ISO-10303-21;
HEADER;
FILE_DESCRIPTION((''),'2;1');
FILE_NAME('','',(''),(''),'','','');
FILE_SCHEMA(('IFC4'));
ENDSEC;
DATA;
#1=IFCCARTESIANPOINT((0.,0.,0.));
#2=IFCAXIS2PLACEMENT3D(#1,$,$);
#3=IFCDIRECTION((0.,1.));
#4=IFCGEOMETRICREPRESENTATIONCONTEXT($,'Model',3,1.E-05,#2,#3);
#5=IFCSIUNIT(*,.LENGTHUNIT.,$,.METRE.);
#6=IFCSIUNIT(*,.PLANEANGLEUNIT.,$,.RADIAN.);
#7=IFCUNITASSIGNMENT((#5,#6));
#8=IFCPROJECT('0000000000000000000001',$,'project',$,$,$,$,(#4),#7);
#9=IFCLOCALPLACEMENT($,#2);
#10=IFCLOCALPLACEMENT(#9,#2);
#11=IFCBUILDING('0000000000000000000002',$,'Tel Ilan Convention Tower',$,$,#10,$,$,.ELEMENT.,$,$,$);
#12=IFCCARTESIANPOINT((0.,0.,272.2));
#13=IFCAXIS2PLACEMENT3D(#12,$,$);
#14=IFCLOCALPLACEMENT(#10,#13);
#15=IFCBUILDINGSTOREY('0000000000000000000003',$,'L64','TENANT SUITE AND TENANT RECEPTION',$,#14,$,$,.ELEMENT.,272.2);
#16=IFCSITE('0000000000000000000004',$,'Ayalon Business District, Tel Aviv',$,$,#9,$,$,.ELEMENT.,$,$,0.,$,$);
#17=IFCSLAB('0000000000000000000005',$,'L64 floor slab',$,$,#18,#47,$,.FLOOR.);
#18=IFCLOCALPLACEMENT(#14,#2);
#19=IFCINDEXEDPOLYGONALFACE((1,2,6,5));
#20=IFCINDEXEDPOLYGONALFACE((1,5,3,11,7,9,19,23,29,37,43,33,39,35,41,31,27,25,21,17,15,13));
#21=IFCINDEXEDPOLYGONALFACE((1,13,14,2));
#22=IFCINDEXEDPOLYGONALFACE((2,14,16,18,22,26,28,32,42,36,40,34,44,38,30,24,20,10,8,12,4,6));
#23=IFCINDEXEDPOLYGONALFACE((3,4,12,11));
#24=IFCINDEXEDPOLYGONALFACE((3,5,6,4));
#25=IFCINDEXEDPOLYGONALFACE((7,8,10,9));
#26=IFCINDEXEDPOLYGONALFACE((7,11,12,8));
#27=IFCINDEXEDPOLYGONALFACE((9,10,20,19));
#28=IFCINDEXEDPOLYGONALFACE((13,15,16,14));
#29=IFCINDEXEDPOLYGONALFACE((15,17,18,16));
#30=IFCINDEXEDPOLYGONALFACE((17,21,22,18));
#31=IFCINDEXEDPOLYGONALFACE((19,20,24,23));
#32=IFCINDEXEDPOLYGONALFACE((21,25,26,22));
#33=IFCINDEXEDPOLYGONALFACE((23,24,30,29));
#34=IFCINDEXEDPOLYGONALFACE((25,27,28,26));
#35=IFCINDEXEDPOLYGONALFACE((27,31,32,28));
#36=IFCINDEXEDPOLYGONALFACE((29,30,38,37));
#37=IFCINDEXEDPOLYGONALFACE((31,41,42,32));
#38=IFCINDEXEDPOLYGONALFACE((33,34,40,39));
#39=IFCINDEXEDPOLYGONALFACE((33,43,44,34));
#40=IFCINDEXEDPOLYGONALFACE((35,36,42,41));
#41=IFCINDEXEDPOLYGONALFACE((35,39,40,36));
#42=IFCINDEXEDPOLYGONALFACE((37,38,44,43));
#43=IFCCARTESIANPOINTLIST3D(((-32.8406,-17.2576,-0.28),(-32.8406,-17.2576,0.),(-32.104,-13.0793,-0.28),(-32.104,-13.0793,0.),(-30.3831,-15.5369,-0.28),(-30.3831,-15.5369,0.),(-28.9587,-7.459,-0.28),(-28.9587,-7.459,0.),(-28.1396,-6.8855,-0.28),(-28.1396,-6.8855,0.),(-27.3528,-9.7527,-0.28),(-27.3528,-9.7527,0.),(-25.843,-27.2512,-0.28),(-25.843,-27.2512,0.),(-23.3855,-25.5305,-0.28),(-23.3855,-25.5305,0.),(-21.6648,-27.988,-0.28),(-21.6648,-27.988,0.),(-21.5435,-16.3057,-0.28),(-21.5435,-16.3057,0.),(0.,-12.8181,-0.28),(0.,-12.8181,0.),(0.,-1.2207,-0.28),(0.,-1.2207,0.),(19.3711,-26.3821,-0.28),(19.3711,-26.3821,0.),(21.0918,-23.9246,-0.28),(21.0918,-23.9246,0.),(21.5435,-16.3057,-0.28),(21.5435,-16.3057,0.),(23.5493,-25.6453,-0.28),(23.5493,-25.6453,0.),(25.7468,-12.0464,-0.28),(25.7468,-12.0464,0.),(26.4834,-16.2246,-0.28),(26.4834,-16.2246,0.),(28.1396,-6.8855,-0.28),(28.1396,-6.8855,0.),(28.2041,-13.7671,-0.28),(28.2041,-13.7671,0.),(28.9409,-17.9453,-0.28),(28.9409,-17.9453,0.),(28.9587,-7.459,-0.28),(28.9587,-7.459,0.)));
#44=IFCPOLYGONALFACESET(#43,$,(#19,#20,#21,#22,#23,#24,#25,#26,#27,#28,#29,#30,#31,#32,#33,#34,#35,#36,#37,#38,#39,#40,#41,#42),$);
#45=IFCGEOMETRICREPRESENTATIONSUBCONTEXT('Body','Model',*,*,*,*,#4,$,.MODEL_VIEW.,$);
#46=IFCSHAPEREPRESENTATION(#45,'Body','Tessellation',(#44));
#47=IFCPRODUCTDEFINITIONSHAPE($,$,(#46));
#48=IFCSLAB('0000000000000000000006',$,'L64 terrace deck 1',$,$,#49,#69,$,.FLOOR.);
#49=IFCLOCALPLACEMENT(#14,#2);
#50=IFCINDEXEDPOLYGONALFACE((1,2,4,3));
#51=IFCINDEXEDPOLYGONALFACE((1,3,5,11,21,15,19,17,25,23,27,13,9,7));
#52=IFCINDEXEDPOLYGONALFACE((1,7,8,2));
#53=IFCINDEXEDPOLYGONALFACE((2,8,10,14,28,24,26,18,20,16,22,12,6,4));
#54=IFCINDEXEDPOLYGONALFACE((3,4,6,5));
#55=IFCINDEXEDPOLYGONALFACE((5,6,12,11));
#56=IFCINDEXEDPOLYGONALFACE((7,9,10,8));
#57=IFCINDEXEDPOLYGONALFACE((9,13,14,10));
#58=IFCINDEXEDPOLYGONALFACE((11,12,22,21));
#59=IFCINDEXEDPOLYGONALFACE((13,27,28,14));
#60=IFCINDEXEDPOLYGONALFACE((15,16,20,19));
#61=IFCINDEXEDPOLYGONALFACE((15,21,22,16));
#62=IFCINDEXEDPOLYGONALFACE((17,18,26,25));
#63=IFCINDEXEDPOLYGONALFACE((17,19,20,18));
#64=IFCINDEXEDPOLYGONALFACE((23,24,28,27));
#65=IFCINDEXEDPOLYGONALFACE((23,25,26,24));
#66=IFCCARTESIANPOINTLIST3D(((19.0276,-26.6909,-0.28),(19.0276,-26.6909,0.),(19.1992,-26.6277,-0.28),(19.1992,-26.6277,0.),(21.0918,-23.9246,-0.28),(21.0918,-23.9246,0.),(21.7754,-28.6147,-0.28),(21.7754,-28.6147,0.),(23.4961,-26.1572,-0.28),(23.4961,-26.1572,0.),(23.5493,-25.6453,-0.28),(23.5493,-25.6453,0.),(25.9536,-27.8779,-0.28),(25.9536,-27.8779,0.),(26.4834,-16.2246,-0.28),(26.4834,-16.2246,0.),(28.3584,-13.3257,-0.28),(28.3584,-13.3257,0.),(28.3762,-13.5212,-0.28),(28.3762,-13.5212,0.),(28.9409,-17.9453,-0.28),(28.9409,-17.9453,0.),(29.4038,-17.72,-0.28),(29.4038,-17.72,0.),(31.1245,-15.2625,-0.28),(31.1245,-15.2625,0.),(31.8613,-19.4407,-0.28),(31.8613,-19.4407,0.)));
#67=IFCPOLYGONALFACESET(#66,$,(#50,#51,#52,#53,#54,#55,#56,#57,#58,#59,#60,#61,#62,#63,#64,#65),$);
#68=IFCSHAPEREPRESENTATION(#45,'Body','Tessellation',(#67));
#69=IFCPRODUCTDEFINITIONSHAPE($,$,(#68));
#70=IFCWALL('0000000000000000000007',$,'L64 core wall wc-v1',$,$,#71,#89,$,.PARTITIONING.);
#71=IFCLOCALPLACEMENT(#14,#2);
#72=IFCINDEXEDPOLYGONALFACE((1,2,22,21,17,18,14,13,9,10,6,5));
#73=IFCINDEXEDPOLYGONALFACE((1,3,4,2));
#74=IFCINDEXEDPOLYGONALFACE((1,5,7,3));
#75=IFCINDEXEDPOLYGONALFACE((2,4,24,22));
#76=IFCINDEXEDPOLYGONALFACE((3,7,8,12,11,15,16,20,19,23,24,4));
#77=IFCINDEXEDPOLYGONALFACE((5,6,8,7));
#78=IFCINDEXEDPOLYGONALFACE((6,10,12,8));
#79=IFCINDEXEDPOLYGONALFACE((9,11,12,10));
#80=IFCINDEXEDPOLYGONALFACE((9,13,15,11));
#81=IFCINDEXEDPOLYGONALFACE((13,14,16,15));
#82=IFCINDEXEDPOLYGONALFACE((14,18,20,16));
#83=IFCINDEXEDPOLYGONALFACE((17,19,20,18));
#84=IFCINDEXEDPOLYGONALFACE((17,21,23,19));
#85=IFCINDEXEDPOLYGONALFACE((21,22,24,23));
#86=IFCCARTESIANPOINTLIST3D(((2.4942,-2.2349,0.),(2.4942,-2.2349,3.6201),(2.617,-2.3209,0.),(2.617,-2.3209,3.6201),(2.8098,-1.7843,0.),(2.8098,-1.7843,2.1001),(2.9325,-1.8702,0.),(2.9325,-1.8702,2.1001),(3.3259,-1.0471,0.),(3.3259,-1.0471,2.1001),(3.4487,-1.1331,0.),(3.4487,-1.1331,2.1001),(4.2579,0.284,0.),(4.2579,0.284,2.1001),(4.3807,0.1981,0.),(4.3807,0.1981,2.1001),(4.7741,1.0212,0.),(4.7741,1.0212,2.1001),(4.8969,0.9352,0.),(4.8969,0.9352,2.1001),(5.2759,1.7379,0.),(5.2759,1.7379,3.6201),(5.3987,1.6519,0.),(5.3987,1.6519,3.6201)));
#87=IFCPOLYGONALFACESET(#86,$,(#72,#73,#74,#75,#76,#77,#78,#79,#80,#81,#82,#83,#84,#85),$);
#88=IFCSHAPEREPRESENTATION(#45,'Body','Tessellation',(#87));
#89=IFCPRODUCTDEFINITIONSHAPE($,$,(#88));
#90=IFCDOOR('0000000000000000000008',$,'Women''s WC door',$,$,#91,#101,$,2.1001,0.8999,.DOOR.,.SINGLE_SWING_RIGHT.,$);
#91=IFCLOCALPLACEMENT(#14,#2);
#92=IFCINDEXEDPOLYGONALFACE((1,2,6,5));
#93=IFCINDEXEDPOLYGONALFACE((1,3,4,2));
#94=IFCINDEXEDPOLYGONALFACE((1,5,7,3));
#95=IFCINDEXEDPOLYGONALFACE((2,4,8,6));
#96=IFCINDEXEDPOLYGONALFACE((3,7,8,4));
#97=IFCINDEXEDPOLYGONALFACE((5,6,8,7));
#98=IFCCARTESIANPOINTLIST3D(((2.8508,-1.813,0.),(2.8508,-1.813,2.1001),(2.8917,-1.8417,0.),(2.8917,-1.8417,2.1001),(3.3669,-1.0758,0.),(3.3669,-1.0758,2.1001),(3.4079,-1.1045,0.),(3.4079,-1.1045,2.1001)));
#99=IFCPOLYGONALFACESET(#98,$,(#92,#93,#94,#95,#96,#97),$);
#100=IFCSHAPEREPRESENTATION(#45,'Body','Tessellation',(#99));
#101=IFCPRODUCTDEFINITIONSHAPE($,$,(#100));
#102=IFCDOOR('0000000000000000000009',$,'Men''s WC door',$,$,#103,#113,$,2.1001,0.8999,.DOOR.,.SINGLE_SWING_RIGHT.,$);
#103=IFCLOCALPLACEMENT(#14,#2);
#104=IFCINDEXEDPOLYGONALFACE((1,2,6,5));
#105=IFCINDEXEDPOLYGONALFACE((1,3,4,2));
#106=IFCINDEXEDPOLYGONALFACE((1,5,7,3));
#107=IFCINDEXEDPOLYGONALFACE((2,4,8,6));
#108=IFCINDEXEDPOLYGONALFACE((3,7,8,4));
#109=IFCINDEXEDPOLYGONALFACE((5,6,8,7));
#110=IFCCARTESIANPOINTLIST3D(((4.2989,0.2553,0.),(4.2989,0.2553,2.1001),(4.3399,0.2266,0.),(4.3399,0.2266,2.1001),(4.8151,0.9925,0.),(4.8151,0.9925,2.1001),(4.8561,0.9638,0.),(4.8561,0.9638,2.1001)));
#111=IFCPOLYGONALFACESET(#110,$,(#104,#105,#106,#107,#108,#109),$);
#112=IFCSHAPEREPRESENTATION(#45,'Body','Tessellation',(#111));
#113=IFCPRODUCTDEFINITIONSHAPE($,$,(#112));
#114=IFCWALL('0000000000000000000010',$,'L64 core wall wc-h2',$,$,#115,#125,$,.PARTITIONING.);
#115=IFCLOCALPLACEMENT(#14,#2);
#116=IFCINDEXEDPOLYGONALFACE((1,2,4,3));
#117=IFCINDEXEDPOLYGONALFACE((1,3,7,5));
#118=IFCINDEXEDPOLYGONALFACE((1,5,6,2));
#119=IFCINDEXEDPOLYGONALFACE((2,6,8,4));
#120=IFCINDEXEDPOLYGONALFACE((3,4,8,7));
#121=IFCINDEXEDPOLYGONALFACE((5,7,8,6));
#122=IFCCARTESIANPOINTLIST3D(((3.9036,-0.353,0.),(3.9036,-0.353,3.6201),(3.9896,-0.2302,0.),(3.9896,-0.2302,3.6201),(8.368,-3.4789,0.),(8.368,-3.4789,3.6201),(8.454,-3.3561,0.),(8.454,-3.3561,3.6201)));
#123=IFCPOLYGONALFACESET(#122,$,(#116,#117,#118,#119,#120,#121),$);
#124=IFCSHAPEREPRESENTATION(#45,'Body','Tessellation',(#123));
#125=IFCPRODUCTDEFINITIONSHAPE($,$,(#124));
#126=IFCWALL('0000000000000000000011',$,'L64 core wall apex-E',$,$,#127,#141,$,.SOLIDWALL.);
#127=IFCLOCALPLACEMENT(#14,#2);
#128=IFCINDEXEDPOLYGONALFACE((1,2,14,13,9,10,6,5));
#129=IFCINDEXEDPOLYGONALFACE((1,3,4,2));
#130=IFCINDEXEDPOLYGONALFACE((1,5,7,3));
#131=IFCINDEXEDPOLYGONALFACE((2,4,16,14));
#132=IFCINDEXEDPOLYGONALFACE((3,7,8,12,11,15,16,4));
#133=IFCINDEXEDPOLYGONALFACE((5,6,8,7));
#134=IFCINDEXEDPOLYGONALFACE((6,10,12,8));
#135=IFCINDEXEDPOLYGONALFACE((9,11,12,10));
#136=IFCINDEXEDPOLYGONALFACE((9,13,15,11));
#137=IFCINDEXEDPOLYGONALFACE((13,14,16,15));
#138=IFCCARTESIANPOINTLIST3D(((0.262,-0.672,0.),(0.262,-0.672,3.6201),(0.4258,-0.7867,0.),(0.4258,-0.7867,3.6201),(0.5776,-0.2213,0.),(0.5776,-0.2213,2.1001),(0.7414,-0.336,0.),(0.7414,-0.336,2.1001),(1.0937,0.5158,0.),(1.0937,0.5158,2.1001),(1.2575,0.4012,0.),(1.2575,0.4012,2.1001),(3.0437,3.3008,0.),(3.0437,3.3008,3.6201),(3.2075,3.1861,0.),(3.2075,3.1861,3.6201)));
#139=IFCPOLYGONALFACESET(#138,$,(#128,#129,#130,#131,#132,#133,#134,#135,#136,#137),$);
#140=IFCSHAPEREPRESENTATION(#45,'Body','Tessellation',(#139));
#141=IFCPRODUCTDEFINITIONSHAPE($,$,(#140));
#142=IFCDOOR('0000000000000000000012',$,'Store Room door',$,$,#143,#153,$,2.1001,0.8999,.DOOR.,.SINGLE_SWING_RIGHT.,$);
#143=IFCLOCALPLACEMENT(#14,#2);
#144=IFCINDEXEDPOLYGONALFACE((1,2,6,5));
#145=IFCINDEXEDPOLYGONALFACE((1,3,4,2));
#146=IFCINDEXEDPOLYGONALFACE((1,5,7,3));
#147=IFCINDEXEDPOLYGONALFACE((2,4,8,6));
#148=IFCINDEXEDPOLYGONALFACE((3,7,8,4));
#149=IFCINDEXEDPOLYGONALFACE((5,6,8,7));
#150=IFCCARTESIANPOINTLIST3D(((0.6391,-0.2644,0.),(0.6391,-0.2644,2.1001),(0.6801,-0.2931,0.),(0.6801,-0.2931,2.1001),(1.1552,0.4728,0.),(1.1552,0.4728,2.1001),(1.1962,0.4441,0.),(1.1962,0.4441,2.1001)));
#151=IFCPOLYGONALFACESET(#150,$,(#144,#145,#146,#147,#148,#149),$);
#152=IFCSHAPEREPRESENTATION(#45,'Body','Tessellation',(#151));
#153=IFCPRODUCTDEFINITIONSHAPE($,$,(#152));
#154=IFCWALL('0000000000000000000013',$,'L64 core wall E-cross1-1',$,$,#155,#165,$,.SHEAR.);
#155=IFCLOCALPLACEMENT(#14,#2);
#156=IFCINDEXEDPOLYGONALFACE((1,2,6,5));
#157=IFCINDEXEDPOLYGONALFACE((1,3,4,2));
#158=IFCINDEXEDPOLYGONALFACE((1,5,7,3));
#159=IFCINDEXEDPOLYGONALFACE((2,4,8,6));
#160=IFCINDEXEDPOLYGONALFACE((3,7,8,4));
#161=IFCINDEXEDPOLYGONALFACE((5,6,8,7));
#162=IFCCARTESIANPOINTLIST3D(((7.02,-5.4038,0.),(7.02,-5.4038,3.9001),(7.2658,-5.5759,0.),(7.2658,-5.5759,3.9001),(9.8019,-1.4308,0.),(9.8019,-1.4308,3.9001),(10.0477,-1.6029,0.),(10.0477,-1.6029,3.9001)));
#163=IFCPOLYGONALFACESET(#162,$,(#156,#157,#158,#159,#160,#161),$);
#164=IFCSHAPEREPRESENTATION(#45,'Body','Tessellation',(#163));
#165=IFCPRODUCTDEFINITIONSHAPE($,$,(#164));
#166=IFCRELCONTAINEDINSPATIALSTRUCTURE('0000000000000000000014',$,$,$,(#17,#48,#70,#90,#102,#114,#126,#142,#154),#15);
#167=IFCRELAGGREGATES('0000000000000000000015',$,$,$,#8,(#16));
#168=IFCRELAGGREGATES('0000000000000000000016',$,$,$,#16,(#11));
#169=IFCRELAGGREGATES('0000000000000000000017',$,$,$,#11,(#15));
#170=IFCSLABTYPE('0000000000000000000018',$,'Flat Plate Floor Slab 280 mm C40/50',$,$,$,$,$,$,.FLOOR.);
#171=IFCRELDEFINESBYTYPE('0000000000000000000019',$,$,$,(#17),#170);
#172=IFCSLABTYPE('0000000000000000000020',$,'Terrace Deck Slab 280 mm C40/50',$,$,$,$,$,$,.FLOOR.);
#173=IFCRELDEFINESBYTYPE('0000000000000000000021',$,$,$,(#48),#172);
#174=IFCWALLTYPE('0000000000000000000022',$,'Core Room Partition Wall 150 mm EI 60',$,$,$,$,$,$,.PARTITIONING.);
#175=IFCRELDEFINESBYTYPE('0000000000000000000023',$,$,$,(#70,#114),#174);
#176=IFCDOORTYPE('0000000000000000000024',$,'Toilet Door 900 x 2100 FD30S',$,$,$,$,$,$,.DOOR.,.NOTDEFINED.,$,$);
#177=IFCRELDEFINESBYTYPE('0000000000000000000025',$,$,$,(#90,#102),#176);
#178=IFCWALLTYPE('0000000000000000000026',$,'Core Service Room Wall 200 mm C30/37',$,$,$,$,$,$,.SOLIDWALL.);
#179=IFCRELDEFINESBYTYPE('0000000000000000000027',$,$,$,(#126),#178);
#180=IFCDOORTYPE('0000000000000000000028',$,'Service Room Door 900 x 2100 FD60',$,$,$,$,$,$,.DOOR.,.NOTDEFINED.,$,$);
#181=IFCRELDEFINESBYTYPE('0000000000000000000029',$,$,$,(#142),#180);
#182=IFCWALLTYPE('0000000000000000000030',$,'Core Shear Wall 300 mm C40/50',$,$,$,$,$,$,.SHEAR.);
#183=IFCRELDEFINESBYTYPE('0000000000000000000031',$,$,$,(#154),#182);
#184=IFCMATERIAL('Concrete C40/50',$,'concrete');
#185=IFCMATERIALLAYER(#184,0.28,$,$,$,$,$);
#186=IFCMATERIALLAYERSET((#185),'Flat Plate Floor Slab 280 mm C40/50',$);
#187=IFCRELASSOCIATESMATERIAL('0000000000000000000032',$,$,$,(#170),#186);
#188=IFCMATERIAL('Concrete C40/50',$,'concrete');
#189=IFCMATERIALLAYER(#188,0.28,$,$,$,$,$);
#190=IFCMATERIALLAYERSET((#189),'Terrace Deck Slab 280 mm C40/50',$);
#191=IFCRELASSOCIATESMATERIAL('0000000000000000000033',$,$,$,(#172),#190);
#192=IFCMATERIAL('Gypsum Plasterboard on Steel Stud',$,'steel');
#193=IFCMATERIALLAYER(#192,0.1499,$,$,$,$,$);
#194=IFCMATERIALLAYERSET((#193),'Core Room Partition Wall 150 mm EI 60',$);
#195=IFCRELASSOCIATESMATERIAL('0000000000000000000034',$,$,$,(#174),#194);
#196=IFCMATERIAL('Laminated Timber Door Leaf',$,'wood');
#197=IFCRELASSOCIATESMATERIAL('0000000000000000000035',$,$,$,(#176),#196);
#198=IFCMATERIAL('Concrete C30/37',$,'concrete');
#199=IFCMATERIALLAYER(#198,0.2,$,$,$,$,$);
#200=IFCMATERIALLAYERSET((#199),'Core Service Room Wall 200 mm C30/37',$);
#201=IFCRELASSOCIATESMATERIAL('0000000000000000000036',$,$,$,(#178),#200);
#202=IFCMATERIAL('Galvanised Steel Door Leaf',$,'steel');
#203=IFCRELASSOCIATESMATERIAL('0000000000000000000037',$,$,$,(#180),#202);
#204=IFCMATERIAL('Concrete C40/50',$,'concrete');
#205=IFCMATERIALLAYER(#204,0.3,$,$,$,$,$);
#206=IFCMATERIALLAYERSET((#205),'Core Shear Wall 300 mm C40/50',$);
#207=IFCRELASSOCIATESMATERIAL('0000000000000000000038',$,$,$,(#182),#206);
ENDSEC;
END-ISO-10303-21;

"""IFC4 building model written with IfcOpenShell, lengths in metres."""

from ifc_helpers import new_model, si_unit, direction, frame, frame_2d, origin, place, context, subcontext, project, spatial, polyline, rectangle, outline, extrude, material, layer, layer_set, type_object, element, fill, save


model = new_model("IFC4")

# Units and contexts
model_context = context("Model", 3, precision=1e-05, world=origin(), true_north=direction((0.0, 1.0)))
body_context = subcontext(model_context, "Body", "Model", "MODEL_VIEW")
ifc_project = project(units=[si_unit("LENGTHUNIT", "METRE"), si_unit("PLANEANGLEUNIT", "RADIAN")], contexts=[model_context])

# Site, building, storey
site_placement = place(None, origin())
site = spatial("IfcSite", under=ifc_project, at=site_placement, Name="Ayalon Business District, Tel Aviv", CompositionType="ELEMENT", RefElevation=0.0)
building_placement = place(site_placement, origin())
building = spatial("IfcBuilding", under=site, at=building_placement, Name="Tel Ilan Convention Tower", CompositionType="ELEMENT")
storey_placement = place(building_placement, frame((0.0, 0.0, 272.2)))
storey = spatial("IfcBuildingStorey", under=building, at=storey_placement, Name="L64", Description="TENANT SUITE AND TENANT RECEPTION", CompositionType="ELEMENT", Elevation=272.2)

# Slabs
ifc_material_1 = material(Name="Concrete C40/50", Category="concrete")
ifc_layer_1 = layer(ifc_material_1, 0.28)
ifc_layer_set_1 = layer_set([ifc_layer_1], Name="Flat Plate Floor Slab 280 mm C40/50")
slab_type_1 = type_object("IfcSlabType", Name="Flat Plate Floor Slab 280 mm C40/50", PredefinedType="FLOOR", material=ifc_layer_set_1)
slab_1_placement = place(storey_placement, frame((0.0, 0.0, -0.28)))
element("IfcSlab", 1, at=slab_1_placement, inside=storey, type_object=slab_type_1, Name="L64 floor slab", PredefinedType="FLOOR", context=body_context, shape_type="SweptSolid", body=[
    extrude(outline(polyline([(26.4834, -16.2246), (28.9409, -17.9453), (23.5493, -25.6453), (21.0918, -23.9246), (19.3711, -26.3821), (0.0, -12.8181), (-21.6648, -27.988), (-23.3855, -25.5305), (-25.843, -27.2512), (-32.8406, -17.2576), (-30.3831, -15.5369), (-32.104, -13.0793), (-27.3528, -9.7527), (-28.9587, -7.459), (-28.1396, -6.8855), (-21.5435, -16.3057), (0.0, -1.2207), (21.5435, -16.3057), (28.1396, -6.8855), (28.9587, -7.459), (25.7468, -12.0464), (28.2041, -13.7671), (26.4834, -16.2246)])), origin(), (0.0, 0.0, 1.0), 0.28),
])
ifc_material_2 = material(Name="Concrete C40/50", Category="concrete")
ifc_layer_2 = layer(ifc_material_2, 0.28)
ifc_layer_set_2 = layer_set([ifc_layer_2], Name="Terrace Deck Slab 280 mm C40/50")
slab_type_2 = type_object("IfcSlabType", Name="Terrace Deck Slab 280 mm C40/50", PredefinedType="FLOOR", material=ifc_layer_set_2)
slab_2_placement = place(storey_placement, frame((0.0, 0.0, -0.28)))
element("IfcSlab", 2, at=slab_2_placement, inside=storey, type_object=slab_type_2, Name="L64 terrace deck 1", PredefinedType="FLOOR", context=body_context, shape_type="SweptSolid", body=[
    extrude(outline(polyline([(31.1245, -15.2625), (29.4038, -17.72), (31.8613, -19.4407), (25.9536, -27.8779), (23.4961, -26.1572), (21.7754, -28.6147), (19.0276, -26.6909), (19.1992, -26.6277), (21.0918, -23.9246), (23.5493, -25.6453), (28.9409, -17.9453), (26.4834, -16.2246), (28.3762, -13.5212), (28.3584, -13.3257), (31.1245, -15.2625)])), origin(), (0.0, 0.0, 1.0), 0.28),
])

# Wall, openings, doors
ifc_material_3 = material(Name="Gypsum Plasterboard on Steel Stud", Category="steel")
ifc_layer_3 = layer(ifc_material_3, 0.1499)
ifc_layer_set_3 = layer_set([ifc_layer_3], Name="Core Room Partition Wall 150 mm EI 60")
wall_type_1 = type_object("IfcWallType", Name="Core Room Partition Wall 150 mm EI 60", PredefinedType="PARTITIONING", material=ifc_layer_set_3)
wall_1_placement = place(storey_placement, frame((2.5557, -2.2778, 0.0), z_axis=(0.0, 0.0, 1.0), x_axis=(0.57356, 0.819163, 0.0)))
wall_1 = element("IfcWall", 3, at=wall_1_placement, inside=storey, type_object=wall_type_1, Name="L64 core wall wc-v1", PredefinedType="PARTITIONING", context=body_context, shape_type="SweptSolid", body=[
    extrude(rectangle(XDim=4.8499, YDim=0.1499, at=frame_2d((2.4248, 0.0))), origin(), (0.0, 0.0, 1.0), 3.6201),
])
opening_1_placement = place(wall_1_placement, frame((0.55, 0.0, 0.0)))
opening_1 = element("IfcOpeningElement", 4, at=opening_1_placement, cuts=wall_1, PredefinedType="OPENING", context=body_context, shape_type="SweptSolid", body=[
    extrude(rectangle(XDim=0.8999, YDim=2.1001, at=frame_2d((0.45, 1.05))), frame((0.0, 0.085, 0.0), z_axis=(0.0, -1.0, 0.0), x_axis=(1.0, 0.0, 0.0)), (0.0, 0.0, 1.0), 0.1699),
])
opening_2_placement = place(wall_1_placement, frame((3.075, 0.0, 0.0)))
opening_2 = element("IfcOpeningElement", 5, at=opening_2_placement, cuts=wall_1, PredefinedType="OPENING", context=body_context, shape_type="SweptSolid", body=[
    extrude(rectangle(XDim=0.8999, YDim=2.1001, at=frame_2d((0.45, 1.05))), frame((0.0, 0.085, 0.0), z_axis=(0.0, -1.0, 0.0), x_axis=(1.0, 0.0, 0.0)), (0.0, 0.0, 1.0), 0.1699),
])
ifc_material_4 = material(Name="Laminated Timber Door Leaf", Category="wood")
door_type_1 = type_object("IfcDoorType", Name="Toilet Door 900 x 2100 FD30S", OperationType="NOTDEFINED", PredefinedType="DOOR", material=ifc_material_4)
door_1_placement = place(opening_1_placement, origin())
door_1 = element("IfcDoor", 6, at=door_1_placement, inside=storey, type_object=door_type_1, Name="Women's WC door", OperationType="SINGLE_SWING_RIGHT", OverallHeight=2.1001, OverallWidth=0.8999, PredefinedType="DOOR", context=body_context, shape_type="SweptSolid", body=[
    extrude(rectangle(XDim=0.8999, YDim=2.1001, at=frame_2d((0.45, 1.05))), frame((0.0, 0.0249, 0.0), z_axis=(0.0, -1.0, 0.0), x_axis=(1.0, 0.0, 0.0)), (0.0, 0.0, 1.0), 0.05),
])
fill(opening_1, door_1)
door_2_placement = place(opening_2_placement, origin())
door_2 = element("IfcDoor", 7, at=door_2_placement, inside=storey, type_object=door_type_1, Name="Men's WC door", OperationType="SINGLE_SWING_RIGHT", OverallHeight=2.1001, OverallWidth=0.8999, PredefinedType="DOOR", context=body_context, shape_type="SweptSolid", body=[
    extrude(rectangle(XDim=0.8999, YDim=2.1001, at=frame_2d((0.45, 1.05))), frame((0.0, 0.0249, 0.0), z_axis=(0.0, -1.0, 0.0), x_axis=(1.0, 0.0, 0.0)), (0.0, 0.0, 1.0), 0.05),
])
fill(opening_2, door_2)

# Wall
wall_2_placement = place(storey_placement, frame((3.9465, -0.2915, 0.0), z_axis=(0.0, 0.0, 1.0), x_axis=(0.819152, -0.573577, 0.0)))
element("IfcWall", 8, at=wall_2_placement, inside=storey, type_object=wall_type_1, Name="L64 core wall wc-h2", PredefinedType="PARTITIONING", context=body_context, shape_type="SweptSolid", body=[
    extrude(rectangle(XDim=5.45, YDim=0.1499, at=frame_2d((2.7251, 0.0))), origin(), (0.0, 0.0, 1.0), 3.6201),
])

# Wall, opening, door
ifc_material_5 = material(Name="Concrete C30/37", Category="concrete")
ifc_layer_4 = layer(ifc_material_5, 0.2)
ifc_layer_set_4 = layer_set([ifc_layer_4], Name="Core Service Room Wall 200 mm C30/37")
wall_type_2 = type_object("IfcWallType", Name="Core Service Room Wall 200 mm C30/37", PredefinedType="SOLIDWALL", material=ifc_layer_set_4)
wall_3_placement = place(storey_placement, frame((0.344, -0.7292, 0.0), z_axis=(0.0, 0.0, 1.0), x_axis=(0.57356, 0.819163, 0.0)))
wall_3 = element("IfcWall", 9, at=wall_3_placement, inside=storey, type_object=wall_type_2, Name="L64 core wall apex-E", PredefinedType="SOLIDWALL", context=body_context, shape_type="SweptSolid", body=[
    extrude(rectangle(XDim=4.8499, YDim=0.2, at=frame_2d((2.4248, 0.0))), origin(), (0.0, 0.0, 1.0), 3.6201),
])
opening_3_placement = place(wall_3_placement, frame((0.55, 0.0, 0.0)))
opening_3 = element("IfcOpeningElement", 10, at=opening_3_placement, cuts=wall_3, PredefinedType="OPENING", context=body_context, shape_type="SweptSolid", body=[
    extrude(rectangle(XDim=0.8999, YDim=2.1001, at=frame_2d((0.45, 1.05))), frame((0.0, 0.1099, 0.0), z_axis=(0.0, -1.0, 0.0), x_axis=(1.0, 0.0, 0.0)), (0.0, 0.0, 1.0), 0.22),
])
ifc_material_6 = material(Name="Galvanised Steel Door Leaf", Category="steel")
door_type_2 = type_object("IfcDoorType", Name="Service Room Door 900 x 2100 FD60", OperationType="NOTDEFINED", PredefinedType="DOOR", material=ifc_material_6)
door_3_placement = place(opening_3_placement, origin())
door_3 = element("IfcDoor", 11, at=door_3_placement, inside=storey, type_object=door_type_2, Name="Store Room door", OperationType="SINGLE_SWING_RIGHT", OverallHeight=2.1001, OverallWidth=0.8999, PredefinedType="DOOR", context=body_context, shape_type="SweptSolid", body=[
    extrude(rectangle(XDim=0.8999, YDim=2.1001, at=frame_2d((0.45, 1.05))), frame((0.0, 0.0249, 0.0), z_axis=(0.0, -1.0, 0.0), x_axis=(1.0, 0.0, 0.0)), (0.0, 0.0, 1.0), 0.05),
])
fill(opening_3, door_3)

# Wall
ifc_material_7 = material(Name="Concrete C40/50", Category="concrete")
ifc_layer_5 = layer(ifc_material_7, 0.3)
ifc_layer_set_5 = layer_set([ifc_layer_5], Name="Core Shear Wall 300 mm C40/50")
wall_type_3 = type_object("IfcWallType", Name="Core Shear Wall 300 mm C40/50", PredefinedType="SHEAR", material=ifc_layer_set_5)
wall_4_placement = place(storey_placement, frame((7.1428, -5.4897, 0.0), z_axis=(0.0, 0.0, 1.0), x_axis=(0.573618, 0.819123, 0.0)))
element("IfcWall", 12, at=wall_4_placement, inside=storey, type_object=wall_type_3, Name="L64 core wall E-cross1-1", PredefinedType="SHEAR", context=body_context, shape_type="SweptSolid", body=[
    extrude(outline(polyline([(0.0, 0.1499), (0.0, -0.1501), (4.8501, -0.1499), (4.8501, 0.1501), (0.0, 0.1499)])), origin(), (0.0, 0.0, 1.0), 3.9001),
])

save(model, "model.ifc")
